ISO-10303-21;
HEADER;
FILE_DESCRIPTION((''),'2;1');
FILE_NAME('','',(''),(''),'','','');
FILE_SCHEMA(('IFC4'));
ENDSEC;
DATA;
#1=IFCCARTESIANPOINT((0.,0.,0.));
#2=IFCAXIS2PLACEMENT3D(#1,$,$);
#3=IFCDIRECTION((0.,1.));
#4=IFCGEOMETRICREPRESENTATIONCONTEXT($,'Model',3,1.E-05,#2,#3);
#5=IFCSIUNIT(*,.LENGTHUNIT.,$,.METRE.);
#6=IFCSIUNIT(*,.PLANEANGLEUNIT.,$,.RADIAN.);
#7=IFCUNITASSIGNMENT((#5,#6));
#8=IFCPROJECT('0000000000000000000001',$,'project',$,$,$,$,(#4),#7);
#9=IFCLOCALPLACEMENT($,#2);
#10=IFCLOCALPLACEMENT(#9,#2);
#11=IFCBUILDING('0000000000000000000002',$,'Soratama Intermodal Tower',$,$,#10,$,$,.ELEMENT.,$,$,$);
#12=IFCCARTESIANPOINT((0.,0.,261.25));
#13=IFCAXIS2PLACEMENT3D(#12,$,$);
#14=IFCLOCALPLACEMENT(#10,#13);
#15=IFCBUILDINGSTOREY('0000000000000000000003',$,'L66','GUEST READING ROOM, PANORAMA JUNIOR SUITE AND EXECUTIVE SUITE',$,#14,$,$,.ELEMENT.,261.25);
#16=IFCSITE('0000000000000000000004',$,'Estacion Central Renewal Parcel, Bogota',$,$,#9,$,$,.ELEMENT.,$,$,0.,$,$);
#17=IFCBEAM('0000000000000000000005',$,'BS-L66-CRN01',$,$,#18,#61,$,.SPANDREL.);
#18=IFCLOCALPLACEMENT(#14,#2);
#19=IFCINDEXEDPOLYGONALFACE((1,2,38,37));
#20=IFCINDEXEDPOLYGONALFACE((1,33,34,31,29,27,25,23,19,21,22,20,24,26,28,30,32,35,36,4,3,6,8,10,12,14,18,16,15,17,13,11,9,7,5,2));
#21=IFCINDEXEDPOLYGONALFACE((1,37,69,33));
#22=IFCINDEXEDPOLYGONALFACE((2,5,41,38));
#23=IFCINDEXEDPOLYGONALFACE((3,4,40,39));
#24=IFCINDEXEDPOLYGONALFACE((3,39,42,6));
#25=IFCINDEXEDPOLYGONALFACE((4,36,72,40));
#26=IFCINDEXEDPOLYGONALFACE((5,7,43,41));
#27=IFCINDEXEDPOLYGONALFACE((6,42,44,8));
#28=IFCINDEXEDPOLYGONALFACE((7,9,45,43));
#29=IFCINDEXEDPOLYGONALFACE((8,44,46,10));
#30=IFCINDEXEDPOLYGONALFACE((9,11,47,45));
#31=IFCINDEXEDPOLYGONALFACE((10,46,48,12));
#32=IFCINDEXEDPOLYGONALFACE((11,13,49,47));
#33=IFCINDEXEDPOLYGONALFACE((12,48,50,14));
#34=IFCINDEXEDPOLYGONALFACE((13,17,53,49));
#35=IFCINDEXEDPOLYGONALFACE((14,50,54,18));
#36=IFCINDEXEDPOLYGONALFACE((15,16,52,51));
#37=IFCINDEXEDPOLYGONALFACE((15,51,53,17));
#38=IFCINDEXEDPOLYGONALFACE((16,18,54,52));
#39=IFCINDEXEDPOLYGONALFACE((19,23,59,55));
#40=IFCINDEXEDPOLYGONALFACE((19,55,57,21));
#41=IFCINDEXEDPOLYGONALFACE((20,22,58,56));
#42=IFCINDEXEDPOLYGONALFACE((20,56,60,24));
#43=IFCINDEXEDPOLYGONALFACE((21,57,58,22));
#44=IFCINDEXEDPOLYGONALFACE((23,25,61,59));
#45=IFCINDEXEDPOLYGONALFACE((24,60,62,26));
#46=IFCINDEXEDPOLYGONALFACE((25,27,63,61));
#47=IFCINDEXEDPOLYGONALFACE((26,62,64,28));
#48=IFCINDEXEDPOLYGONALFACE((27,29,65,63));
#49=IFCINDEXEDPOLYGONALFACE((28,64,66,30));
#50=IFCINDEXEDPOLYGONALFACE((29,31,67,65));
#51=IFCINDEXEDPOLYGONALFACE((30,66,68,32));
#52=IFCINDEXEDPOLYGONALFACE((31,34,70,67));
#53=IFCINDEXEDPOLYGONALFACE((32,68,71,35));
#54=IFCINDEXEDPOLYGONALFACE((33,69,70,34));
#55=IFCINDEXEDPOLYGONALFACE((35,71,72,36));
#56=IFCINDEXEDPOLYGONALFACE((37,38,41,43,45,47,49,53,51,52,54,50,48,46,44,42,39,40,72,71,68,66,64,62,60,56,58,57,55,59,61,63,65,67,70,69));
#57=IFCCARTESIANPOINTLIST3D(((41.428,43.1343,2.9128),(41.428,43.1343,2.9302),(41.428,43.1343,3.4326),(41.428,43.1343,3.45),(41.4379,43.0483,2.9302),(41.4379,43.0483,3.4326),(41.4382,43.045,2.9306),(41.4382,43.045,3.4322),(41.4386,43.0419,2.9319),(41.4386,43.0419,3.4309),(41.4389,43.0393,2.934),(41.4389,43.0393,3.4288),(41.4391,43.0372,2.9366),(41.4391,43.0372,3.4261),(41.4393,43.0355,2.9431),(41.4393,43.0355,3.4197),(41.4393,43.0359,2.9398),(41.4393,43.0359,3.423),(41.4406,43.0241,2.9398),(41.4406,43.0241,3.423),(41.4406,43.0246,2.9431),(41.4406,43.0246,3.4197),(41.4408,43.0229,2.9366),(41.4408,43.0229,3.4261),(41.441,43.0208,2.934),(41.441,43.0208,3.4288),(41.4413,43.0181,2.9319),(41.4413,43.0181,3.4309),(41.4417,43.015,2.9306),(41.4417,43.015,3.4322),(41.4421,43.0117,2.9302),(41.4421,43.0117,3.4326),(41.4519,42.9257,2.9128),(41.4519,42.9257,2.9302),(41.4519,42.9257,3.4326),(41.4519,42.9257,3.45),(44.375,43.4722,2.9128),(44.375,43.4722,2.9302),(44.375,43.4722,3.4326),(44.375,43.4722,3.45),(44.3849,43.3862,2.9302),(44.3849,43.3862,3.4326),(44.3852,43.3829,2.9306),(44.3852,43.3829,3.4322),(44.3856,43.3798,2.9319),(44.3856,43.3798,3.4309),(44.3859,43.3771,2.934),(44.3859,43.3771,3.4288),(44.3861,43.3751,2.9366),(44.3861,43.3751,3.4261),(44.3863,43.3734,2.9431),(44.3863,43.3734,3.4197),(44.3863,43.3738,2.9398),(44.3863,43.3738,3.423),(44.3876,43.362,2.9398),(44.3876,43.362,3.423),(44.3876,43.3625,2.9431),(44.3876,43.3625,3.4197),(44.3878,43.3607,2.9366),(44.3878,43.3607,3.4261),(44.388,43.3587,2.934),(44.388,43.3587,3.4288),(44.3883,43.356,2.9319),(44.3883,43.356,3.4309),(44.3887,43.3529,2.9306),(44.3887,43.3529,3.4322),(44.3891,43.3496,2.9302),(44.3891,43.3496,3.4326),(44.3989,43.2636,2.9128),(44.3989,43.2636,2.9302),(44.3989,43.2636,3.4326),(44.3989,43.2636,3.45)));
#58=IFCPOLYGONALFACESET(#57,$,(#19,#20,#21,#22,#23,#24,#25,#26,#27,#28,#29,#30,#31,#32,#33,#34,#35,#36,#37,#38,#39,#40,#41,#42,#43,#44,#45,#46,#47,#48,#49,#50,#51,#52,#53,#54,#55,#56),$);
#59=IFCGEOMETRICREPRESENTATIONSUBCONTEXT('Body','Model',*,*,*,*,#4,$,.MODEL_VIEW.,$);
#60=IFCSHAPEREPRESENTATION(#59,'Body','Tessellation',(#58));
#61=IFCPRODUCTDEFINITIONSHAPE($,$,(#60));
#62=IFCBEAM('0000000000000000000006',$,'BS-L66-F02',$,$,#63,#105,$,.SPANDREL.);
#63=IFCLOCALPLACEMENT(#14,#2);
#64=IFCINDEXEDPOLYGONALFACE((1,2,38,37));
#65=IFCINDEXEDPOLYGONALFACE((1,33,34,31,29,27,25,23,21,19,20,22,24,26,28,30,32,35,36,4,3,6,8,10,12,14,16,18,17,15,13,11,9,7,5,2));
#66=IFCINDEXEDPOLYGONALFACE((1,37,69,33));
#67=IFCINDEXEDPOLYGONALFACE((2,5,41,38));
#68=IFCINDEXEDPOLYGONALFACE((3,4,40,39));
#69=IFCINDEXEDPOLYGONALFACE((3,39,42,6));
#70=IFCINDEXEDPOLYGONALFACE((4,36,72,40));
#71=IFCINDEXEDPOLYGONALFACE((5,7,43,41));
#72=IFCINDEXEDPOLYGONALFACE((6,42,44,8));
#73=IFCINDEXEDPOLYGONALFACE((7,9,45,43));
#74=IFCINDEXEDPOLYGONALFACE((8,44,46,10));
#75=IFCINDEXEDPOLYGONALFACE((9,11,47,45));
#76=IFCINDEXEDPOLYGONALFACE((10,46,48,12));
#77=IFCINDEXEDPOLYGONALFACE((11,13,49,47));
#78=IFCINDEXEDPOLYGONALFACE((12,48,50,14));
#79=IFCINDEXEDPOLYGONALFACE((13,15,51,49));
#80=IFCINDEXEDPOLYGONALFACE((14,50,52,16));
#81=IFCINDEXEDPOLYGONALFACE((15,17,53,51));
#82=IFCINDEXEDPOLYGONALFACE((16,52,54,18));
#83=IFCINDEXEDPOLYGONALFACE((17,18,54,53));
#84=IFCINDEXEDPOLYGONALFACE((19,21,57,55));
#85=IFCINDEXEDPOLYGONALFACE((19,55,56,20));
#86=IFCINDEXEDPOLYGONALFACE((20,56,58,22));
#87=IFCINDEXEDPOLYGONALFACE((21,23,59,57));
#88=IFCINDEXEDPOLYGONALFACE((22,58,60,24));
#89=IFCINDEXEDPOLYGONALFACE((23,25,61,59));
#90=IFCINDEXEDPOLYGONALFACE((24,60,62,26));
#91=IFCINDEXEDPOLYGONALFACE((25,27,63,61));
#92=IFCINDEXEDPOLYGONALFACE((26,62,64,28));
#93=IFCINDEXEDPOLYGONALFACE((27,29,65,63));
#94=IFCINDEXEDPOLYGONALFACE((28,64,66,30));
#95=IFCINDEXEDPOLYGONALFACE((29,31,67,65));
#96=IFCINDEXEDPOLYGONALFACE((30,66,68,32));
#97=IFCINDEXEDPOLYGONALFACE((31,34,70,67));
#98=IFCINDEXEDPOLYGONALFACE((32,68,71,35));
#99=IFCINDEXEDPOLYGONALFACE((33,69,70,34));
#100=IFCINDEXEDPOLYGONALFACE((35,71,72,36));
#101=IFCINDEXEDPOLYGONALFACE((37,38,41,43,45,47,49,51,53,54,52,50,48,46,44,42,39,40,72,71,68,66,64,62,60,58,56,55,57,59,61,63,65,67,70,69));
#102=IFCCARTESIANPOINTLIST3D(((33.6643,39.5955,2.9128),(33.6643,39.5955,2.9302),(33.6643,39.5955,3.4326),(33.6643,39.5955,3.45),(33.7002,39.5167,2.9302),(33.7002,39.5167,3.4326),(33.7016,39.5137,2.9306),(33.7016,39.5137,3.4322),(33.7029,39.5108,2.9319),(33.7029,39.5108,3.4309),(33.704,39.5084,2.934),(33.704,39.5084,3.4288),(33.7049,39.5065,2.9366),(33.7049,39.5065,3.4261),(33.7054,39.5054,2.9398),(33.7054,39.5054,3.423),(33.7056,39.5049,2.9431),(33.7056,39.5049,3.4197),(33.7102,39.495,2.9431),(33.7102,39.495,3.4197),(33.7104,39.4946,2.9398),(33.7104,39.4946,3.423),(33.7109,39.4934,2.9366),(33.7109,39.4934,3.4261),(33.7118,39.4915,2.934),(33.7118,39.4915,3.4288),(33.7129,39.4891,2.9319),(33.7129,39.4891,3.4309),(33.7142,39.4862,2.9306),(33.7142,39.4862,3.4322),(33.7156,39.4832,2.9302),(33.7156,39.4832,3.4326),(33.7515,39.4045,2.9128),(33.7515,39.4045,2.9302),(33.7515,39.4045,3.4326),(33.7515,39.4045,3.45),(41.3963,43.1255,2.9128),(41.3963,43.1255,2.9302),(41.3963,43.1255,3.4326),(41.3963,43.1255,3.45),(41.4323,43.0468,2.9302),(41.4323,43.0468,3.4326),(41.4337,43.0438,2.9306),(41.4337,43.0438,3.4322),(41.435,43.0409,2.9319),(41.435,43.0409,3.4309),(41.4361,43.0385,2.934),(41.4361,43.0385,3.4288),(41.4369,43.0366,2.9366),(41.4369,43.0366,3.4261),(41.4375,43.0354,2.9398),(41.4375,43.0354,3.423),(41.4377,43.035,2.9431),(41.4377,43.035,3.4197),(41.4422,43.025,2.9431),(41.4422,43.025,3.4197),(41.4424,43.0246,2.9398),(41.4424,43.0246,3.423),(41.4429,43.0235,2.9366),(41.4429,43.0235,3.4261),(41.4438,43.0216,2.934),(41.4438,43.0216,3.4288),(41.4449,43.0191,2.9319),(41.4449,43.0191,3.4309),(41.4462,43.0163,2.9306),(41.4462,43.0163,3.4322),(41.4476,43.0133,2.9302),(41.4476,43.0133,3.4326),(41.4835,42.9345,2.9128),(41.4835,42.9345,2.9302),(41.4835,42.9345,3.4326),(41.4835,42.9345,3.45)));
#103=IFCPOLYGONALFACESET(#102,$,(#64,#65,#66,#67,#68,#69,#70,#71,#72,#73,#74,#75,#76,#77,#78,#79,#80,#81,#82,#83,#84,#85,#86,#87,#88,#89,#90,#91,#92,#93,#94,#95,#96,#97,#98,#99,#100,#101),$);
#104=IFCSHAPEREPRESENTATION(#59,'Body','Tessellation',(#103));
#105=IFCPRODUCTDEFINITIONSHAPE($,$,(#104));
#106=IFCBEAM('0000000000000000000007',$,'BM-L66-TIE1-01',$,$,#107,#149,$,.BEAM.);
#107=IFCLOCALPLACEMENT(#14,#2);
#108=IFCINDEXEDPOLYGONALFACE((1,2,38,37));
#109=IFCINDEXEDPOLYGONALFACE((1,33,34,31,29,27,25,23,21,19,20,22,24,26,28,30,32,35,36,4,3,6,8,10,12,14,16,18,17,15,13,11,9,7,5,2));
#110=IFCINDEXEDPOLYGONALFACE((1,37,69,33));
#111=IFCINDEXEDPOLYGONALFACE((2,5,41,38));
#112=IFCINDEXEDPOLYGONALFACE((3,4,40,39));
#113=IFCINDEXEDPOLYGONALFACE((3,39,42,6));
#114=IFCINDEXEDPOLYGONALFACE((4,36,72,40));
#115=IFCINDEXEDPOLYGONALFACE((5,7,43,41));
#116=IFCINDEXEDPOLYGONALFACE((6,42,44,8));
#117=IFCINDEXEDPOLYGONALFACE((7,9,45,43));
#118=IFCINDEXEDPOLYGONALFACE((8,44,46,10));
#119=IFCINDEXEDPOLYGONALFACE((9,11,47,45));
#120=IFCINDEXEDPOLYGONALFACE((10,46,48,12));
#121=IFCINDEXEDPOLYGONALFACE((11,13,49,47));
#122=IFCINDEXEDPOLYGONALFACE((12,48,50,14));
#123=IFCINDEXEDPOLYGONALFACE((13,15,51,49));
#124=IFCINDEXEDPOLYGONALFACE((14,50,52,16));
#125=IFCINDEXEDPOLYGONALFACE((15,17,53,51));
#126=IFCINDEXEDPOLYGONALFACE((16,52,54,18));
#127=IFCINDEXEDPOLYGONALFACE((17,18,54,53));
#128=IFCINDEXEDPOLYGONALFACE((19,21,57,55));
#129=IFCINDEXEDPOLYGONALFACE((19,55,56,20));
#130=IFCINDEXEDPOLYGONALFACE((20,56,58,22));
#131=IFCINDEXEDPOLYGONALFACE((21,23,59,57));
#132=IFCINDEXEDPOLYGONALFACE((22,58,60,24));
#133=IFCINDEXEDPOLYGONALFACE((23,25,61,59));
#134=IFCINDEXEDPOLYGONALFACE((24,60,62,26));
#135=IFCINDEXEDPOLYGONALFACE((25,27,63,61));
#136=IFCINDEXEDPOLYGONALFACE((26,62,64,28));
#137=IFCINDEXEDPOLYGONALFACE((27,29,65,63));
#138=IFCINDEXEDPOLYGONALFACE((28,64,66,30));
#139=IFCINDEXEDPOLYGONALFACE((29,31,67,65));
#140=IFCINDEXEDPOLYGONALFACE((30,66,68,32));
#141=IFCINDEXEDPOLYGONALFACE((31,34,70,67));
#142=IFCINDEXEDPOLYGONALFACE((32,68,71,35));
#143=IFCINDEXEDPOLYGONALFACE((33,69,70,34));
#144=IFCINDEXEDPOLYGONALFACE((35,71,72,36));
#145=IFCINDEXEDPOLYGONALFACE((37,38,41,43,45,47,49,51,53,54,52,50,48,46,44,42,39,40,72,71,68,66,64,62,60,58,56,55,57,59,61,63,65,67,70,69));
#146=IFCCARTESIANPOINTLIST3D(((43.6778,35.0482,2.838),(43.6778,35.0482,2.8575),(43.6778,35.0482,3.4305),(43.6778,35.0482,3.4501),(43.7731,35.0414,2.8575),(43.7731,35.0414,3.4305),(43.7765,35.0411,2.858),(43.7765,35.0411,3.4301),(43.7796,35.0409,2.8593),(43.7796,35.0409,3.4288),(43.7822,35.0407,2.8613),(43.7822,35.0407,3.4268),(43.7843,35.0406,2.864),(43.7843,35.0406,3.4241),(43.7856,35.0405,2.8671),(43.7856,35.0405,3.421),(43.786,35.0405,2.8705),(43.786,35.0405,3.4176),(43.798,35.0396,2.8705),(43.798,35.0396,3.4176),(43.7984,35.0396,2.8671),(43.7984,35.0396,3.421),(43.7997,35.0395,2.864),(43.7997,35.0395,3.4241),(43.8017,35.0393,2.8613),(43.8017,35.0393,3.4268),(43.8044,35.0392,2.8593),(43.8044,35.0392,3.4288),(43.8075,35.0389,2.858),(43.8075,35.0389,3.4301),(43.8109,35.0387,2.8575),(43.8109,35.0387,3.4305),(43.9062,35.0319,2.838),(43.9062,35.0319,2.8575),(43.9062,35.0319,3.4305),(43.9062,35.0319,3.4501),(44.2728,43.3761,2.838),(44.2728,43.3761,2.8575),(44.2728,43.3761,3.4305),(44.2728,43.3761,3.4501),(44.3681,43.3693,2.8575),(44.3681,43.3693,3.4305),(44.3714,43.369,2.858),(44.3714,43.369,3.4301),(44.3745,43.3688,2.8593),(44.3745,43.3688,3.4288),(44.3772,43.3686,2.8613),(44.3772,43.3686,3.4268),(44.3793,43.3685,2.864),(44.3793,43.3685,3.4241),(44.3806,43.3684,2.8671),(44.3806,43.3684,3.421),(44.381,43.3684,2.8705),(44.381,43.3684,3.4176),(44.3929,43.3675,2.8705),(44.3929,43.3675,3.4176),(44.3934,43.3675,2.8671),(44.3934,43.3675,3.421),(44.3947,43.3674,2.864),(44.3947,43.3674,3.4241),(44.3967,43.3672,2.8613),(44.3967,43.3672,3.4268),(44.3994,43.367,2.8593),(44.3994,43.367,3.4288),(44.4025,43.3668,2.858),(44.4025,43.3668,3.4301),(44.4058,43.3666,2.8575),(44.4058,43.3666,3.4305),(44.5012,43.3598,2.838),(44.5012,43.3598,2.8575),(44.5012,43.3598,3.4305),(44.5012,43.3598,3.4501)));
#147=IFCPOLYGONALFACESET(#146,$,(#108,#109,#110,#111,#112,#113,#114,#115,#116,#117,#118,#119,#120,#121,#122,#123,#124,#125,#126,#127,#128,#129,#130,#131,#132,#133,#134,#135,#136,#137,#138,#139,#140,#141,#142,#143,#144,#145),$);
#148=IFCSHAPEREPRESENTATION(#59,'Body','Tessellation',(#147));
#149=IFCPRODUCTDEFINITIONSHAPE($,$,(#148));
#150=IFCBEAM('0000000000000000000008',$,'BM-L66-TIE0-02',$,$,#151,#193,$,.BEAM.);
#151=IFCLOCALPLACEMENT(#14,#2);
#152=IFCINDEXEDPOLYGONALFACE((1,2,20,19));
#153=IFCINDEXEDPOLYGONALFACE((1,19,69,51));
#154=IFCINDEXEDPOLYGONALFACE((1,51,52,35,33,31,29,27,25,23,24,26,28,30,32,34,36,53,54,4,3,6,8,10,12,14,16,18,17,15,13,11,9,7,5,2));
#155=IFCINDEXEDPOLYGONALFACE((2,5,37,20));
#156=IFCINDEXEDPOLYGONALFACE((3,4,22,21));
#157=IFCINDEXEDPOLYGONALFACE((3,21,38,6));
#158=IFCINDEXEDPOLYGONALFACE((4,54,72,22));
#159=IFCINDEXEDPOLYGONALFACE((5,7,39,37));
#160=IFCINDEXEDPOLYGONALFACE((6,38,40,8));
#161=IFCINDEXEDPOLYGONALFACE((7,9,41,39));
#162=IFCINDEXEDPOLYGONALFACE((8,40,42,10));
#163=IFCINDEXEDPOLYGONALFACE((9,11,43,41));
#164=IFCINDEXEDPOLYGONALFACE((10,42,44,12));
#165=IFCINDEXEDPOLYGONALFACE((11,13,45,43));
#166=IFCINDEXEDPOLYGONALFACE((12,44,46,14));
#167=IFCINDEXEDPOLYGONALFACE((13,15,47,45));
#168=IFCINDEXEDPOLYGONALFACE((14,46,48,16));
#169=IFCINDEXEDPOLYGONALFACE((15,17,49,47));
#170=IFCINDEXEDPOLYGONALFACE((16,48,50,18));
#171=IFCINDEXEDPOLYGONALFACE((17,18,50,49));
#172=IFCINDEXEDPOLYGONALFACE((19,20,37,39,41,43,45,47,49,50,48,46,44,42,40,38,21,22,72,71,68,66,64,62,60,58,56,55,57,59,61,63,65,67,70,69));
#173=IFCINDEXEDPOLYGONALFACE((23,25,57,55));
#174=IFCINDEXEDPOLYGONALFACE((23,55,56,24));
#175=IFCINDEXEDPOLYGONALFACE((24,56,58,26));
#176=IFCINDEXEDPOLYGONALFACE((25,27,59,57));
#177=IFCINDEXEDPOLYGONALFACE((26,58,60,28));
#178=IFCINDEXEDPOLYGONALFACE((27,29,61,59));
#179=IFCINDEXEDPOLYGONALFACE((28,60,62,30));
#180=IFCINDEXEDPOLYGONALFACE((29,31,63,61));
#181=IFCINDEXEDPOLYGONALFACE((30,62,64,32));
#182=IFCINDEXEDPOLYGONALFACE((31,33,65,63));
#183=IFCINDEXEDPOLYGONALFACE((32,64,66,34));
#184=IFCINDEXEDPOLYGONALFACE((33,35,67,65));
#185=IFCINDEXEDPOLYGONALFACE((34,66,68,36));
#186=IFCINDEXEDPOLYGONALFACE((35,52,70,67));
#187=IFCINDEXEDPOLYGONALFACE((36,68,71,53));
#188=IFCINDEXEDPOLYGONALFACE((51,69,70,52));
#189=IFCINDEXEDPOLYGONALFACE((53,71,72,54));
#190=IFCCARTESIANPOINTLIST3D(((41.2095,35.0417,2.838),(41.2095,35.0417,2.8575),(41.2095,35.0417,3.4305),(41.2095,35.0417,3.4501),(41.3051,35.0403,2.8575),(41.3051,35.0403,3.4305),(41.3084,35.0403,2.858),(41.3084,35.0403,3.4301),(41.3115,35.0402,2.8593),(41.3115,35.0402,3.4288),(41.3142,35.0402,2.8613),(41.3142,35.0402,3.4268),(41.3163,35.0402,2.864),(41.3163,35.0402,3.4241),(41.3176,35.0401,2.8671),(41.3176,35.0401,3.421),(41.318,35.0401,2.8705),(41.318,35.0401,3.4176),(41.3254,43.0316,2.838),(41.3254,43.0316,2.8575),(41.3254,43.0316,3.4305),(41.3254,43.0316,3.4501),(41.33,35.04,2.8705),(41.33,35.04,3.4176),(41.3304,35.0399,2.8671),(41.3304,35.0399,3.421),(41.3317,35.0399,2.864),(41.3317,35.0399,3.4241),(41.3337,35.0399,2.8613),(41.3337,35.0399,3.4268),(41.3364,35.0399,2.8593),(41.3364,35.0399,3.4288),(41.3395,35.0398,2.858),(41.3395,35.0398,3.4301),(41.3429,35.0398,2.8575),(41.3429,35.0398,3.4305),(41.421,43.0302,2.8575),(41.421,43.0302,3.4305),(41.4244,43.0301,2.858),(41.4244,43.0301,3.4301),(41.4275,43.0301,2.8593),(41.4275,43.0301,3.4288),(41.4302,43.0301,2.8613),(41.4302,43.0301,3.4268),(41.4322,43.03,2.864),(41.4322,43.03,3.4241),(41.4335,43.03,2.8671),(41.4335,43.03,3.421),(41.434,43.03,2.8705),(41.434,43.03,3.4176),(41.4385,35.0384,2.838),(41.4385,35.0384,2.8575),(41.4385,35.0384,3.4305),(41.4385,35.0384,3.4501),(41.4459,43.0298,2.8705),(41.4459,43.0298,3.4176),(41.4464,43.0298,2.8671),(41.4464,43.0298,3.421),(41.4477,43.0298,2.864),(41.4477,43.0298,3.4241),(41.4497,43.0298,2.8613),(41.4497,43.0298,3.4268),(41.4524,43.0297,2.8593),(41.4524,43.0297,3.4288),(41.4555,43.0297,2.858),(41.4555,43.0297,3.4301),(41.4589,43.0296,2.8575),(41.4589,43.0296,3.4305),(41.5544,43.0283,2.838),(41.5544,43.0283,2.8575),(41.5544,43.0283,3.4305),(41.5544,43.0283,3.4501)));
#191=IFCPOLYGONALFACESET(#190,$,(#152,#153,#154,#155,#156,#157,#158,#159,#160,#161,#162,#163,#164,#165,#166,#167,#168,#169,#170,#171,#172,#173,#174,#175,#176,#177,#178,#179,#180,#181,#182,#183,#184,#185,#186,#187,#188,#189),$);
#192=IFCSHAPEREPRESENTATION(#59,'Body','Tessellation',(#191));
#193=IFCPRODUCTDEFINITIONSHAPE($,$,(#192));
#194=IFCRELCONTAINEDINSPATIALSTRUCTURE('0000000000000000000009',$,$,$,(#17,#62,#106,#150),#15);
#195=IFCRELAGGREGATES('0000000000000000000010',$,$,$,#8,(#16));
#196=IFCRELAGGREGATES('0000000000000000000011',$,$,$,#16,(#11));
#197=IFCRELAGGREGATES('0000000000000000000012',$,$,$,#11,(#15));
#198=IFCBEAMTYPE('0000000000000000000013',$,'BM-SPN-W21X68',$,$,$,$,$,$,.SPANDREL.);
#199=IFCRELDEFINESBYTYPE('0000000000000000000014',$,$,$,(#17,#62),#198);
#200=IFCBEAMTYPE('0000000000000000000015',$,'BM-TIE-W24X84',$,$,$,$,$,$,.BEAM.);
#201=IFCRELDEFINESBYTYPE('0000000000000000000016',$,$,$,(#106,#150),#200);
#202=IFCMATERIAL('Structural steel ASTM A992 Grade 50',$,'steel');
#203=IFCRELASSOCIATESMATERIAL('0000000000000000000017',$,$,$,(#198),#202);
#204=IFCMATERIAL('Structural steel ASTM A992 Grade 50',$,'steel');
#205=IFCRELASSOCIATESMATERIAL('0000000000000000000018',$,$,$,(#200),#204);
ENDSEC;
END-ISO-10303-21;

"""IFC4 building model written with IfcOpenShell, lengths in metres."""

from ifc_helpers import new_model, si_unit, direction, frame, origin, origin_2d, place, context, subcontext, project, spatial, i_section, extrude, material, material_profile, profile_set, type_object, element, save


model = new_model("IFC4")

# Units and contexts
model_context = context("Model", 3, precision=1e-05, world=origin(), true_north=direction((0.0, 1.0)))
body_context = subcontext(model_context, "Body", "Model", "MODEL_VIEW")
ifc_project = project(units=[si_unit("LENGTHUNIT", "METRE"), si_unit("PLANEANGLEUNIT", "RADIAN")], contexts=[model_context])

# Site, building, storey
site_placement = place(None, origin())
site = spatial("IfcSite", under=ifc_project, at=site_placement, Name="Estacion Central Renewal Parcel, Bogota", CompositionType="ELEMENT", RefElevation=0.0)
building_placement = place(site_placement, origin())
building = spatial("IfcBuilding", under=site, at=building_placement, Name="Soratama Intermodal Tower", CompositionType="ELEMENT")
storey_placement = place(building_placement, frame((0.0, 0.0, 261.25)))
storey = spatial("IfcBuildingStorey", under=building, at=storey_placement, Name="L66", Description="GUEST READING ROOM, PANORAMA JUNIOR SUITE AND EXECUTIVE SUITE", CompositionType="ELEMENT", Elevation=261.25)

# Beams
ifc_material_1 = material(Name="Structural steel ASTM A992 Grade 50", Category="steel")
ifc_material_profile_1 = material_profile(ifc_material_1, i_section(OverallWidth=0.21, OverallDepth=0.5371, WebThickness=0.011, FlangeThickness=0.0173, FilletRadius=0.0129, at=origin_2d()), Name="W21X68")
ifc_profile_set_1 = profile_set([ifc_material_profile_1], Name="Structural steel ASTM A992 Grade 50")
beam_type_1 = type_object("IfcBeamType", Name="BM-SPN-W21X68", PredefinedType="SPANDREL", material=ifc_profile_set_1)
beam_1_placement = place(storey_placement, frame((44.387, 43.3679, 3.1814), z_axis=(-0.993491, -0.113909, 0.0), x_axis=(0.113909, -0.993491, 0.0)))
element("IfcBeam", 1, at=beam_1_placement, inside=storey, type_object=beam_type_1, Name="BS-L66-CRN01", PredefinedType="SPANDREL", context=body_context, shape_type="SweptSolid", body=[
    extrude(i_section(OverallWidth=0.21, OverallDepth=0.5371, WebThickness=0.011, FlangeThickness=0.0173, FilletRadius=0.0129, at=origin_2d()), origin(), (0.0, 0.0, 1.0), 2.9663),
])
beam_2_placement = place(storey_placement, frame((41.4399, 43.03, 3.1814), z_axis=(-0.909678, -0.415315, 0.0), x_axis=(0.415315, -0.909678, 0.0)))
element("IfcBeam", 2, at=beam_2_placement, inside=storey, type_object=beam_type_1, Name="BS-L66-F02", PredefinedType="SPANDREL", context=body_context, shape_type="SweptSolid", body=[
    extrude(i_section(OverallWidth=0.21, OverallDepth=0.5371, WebThickness=0.011, FlangeThickness=0.0173, FilletRadius=0.0129, at=origin_2d()), origin(), (0.0, 0.0, 1.0), 8.4998),
])
ifc_material_2 = material(Name="Structural steel ASTM A992 Grade 50", Category="steel")
ifc_material_profile_2 = material_profile(ifc_material_2, i_section(OverallWidth=0.229, OverallDepth=0.6121, WebThickness=0.012, FlangeThickness=0.0195, FilletRadius=0.0129, at=origin_2d()), Name="W24X84")
ifc_profile_set_2 = profile_set([ifc_material_profile_2], Name="Structural steel ASTM A992 Grade 50")
beam_type_2 = type_object("IfcBeamType", Name="BM-TIE-W24X84", PredefinedType="BEAM", material=ifc_profile_set_2)
beam_3_placement = place(storey_placement, frame((43.792, 35.04, 3.144), z_axis=(0.071262, 0.997458, 0.0), x_axis=(-0.997458, 0.071262, 0.0)))
element("IfcBeam", 3, at=beam_3_placement, inside=storey, type_object=beam_type_2, Name="BM-L66-TIE1-01", PredefinedType="BEAM", context=body_context, shape_type="SweptSolid", body=[
    extrude(i_section(OverallWidth=0.229, OverallDepth=0.6121, WebThickness=0.012, FlangeThickness=0.0195, FilletRadius=0.0129, at=origin_2d()), origin(), (0.0, 0.0, 1.0), 8.3491),
])
beam_4_placement = place(storey_placement, frame((41.324, 35.04, 3.144), z_axis=(0.014512, 0.999895, 0.0), x_axis=(-0.999895, 0.014512, 0.0)))
element("IfcBeam", 4, at=beam_4_placement, inside=storey, type_object=beam_type_2, Name="BM-L66-TIE0-02", PredefinedType="BEAM", context=body_context, shape_type="SweptSolid", body=[
    extrude(i_section(OverallWidth=0.229, OverallDepth=0.6121, WebThickness=0.012, FlangeThickness=0.0195, FilletRadius=0.0129, at=origin_2d()), origin(), (0.0, 0.0, 1.0), 7.9907),
])

save(model, "model.ifc")
